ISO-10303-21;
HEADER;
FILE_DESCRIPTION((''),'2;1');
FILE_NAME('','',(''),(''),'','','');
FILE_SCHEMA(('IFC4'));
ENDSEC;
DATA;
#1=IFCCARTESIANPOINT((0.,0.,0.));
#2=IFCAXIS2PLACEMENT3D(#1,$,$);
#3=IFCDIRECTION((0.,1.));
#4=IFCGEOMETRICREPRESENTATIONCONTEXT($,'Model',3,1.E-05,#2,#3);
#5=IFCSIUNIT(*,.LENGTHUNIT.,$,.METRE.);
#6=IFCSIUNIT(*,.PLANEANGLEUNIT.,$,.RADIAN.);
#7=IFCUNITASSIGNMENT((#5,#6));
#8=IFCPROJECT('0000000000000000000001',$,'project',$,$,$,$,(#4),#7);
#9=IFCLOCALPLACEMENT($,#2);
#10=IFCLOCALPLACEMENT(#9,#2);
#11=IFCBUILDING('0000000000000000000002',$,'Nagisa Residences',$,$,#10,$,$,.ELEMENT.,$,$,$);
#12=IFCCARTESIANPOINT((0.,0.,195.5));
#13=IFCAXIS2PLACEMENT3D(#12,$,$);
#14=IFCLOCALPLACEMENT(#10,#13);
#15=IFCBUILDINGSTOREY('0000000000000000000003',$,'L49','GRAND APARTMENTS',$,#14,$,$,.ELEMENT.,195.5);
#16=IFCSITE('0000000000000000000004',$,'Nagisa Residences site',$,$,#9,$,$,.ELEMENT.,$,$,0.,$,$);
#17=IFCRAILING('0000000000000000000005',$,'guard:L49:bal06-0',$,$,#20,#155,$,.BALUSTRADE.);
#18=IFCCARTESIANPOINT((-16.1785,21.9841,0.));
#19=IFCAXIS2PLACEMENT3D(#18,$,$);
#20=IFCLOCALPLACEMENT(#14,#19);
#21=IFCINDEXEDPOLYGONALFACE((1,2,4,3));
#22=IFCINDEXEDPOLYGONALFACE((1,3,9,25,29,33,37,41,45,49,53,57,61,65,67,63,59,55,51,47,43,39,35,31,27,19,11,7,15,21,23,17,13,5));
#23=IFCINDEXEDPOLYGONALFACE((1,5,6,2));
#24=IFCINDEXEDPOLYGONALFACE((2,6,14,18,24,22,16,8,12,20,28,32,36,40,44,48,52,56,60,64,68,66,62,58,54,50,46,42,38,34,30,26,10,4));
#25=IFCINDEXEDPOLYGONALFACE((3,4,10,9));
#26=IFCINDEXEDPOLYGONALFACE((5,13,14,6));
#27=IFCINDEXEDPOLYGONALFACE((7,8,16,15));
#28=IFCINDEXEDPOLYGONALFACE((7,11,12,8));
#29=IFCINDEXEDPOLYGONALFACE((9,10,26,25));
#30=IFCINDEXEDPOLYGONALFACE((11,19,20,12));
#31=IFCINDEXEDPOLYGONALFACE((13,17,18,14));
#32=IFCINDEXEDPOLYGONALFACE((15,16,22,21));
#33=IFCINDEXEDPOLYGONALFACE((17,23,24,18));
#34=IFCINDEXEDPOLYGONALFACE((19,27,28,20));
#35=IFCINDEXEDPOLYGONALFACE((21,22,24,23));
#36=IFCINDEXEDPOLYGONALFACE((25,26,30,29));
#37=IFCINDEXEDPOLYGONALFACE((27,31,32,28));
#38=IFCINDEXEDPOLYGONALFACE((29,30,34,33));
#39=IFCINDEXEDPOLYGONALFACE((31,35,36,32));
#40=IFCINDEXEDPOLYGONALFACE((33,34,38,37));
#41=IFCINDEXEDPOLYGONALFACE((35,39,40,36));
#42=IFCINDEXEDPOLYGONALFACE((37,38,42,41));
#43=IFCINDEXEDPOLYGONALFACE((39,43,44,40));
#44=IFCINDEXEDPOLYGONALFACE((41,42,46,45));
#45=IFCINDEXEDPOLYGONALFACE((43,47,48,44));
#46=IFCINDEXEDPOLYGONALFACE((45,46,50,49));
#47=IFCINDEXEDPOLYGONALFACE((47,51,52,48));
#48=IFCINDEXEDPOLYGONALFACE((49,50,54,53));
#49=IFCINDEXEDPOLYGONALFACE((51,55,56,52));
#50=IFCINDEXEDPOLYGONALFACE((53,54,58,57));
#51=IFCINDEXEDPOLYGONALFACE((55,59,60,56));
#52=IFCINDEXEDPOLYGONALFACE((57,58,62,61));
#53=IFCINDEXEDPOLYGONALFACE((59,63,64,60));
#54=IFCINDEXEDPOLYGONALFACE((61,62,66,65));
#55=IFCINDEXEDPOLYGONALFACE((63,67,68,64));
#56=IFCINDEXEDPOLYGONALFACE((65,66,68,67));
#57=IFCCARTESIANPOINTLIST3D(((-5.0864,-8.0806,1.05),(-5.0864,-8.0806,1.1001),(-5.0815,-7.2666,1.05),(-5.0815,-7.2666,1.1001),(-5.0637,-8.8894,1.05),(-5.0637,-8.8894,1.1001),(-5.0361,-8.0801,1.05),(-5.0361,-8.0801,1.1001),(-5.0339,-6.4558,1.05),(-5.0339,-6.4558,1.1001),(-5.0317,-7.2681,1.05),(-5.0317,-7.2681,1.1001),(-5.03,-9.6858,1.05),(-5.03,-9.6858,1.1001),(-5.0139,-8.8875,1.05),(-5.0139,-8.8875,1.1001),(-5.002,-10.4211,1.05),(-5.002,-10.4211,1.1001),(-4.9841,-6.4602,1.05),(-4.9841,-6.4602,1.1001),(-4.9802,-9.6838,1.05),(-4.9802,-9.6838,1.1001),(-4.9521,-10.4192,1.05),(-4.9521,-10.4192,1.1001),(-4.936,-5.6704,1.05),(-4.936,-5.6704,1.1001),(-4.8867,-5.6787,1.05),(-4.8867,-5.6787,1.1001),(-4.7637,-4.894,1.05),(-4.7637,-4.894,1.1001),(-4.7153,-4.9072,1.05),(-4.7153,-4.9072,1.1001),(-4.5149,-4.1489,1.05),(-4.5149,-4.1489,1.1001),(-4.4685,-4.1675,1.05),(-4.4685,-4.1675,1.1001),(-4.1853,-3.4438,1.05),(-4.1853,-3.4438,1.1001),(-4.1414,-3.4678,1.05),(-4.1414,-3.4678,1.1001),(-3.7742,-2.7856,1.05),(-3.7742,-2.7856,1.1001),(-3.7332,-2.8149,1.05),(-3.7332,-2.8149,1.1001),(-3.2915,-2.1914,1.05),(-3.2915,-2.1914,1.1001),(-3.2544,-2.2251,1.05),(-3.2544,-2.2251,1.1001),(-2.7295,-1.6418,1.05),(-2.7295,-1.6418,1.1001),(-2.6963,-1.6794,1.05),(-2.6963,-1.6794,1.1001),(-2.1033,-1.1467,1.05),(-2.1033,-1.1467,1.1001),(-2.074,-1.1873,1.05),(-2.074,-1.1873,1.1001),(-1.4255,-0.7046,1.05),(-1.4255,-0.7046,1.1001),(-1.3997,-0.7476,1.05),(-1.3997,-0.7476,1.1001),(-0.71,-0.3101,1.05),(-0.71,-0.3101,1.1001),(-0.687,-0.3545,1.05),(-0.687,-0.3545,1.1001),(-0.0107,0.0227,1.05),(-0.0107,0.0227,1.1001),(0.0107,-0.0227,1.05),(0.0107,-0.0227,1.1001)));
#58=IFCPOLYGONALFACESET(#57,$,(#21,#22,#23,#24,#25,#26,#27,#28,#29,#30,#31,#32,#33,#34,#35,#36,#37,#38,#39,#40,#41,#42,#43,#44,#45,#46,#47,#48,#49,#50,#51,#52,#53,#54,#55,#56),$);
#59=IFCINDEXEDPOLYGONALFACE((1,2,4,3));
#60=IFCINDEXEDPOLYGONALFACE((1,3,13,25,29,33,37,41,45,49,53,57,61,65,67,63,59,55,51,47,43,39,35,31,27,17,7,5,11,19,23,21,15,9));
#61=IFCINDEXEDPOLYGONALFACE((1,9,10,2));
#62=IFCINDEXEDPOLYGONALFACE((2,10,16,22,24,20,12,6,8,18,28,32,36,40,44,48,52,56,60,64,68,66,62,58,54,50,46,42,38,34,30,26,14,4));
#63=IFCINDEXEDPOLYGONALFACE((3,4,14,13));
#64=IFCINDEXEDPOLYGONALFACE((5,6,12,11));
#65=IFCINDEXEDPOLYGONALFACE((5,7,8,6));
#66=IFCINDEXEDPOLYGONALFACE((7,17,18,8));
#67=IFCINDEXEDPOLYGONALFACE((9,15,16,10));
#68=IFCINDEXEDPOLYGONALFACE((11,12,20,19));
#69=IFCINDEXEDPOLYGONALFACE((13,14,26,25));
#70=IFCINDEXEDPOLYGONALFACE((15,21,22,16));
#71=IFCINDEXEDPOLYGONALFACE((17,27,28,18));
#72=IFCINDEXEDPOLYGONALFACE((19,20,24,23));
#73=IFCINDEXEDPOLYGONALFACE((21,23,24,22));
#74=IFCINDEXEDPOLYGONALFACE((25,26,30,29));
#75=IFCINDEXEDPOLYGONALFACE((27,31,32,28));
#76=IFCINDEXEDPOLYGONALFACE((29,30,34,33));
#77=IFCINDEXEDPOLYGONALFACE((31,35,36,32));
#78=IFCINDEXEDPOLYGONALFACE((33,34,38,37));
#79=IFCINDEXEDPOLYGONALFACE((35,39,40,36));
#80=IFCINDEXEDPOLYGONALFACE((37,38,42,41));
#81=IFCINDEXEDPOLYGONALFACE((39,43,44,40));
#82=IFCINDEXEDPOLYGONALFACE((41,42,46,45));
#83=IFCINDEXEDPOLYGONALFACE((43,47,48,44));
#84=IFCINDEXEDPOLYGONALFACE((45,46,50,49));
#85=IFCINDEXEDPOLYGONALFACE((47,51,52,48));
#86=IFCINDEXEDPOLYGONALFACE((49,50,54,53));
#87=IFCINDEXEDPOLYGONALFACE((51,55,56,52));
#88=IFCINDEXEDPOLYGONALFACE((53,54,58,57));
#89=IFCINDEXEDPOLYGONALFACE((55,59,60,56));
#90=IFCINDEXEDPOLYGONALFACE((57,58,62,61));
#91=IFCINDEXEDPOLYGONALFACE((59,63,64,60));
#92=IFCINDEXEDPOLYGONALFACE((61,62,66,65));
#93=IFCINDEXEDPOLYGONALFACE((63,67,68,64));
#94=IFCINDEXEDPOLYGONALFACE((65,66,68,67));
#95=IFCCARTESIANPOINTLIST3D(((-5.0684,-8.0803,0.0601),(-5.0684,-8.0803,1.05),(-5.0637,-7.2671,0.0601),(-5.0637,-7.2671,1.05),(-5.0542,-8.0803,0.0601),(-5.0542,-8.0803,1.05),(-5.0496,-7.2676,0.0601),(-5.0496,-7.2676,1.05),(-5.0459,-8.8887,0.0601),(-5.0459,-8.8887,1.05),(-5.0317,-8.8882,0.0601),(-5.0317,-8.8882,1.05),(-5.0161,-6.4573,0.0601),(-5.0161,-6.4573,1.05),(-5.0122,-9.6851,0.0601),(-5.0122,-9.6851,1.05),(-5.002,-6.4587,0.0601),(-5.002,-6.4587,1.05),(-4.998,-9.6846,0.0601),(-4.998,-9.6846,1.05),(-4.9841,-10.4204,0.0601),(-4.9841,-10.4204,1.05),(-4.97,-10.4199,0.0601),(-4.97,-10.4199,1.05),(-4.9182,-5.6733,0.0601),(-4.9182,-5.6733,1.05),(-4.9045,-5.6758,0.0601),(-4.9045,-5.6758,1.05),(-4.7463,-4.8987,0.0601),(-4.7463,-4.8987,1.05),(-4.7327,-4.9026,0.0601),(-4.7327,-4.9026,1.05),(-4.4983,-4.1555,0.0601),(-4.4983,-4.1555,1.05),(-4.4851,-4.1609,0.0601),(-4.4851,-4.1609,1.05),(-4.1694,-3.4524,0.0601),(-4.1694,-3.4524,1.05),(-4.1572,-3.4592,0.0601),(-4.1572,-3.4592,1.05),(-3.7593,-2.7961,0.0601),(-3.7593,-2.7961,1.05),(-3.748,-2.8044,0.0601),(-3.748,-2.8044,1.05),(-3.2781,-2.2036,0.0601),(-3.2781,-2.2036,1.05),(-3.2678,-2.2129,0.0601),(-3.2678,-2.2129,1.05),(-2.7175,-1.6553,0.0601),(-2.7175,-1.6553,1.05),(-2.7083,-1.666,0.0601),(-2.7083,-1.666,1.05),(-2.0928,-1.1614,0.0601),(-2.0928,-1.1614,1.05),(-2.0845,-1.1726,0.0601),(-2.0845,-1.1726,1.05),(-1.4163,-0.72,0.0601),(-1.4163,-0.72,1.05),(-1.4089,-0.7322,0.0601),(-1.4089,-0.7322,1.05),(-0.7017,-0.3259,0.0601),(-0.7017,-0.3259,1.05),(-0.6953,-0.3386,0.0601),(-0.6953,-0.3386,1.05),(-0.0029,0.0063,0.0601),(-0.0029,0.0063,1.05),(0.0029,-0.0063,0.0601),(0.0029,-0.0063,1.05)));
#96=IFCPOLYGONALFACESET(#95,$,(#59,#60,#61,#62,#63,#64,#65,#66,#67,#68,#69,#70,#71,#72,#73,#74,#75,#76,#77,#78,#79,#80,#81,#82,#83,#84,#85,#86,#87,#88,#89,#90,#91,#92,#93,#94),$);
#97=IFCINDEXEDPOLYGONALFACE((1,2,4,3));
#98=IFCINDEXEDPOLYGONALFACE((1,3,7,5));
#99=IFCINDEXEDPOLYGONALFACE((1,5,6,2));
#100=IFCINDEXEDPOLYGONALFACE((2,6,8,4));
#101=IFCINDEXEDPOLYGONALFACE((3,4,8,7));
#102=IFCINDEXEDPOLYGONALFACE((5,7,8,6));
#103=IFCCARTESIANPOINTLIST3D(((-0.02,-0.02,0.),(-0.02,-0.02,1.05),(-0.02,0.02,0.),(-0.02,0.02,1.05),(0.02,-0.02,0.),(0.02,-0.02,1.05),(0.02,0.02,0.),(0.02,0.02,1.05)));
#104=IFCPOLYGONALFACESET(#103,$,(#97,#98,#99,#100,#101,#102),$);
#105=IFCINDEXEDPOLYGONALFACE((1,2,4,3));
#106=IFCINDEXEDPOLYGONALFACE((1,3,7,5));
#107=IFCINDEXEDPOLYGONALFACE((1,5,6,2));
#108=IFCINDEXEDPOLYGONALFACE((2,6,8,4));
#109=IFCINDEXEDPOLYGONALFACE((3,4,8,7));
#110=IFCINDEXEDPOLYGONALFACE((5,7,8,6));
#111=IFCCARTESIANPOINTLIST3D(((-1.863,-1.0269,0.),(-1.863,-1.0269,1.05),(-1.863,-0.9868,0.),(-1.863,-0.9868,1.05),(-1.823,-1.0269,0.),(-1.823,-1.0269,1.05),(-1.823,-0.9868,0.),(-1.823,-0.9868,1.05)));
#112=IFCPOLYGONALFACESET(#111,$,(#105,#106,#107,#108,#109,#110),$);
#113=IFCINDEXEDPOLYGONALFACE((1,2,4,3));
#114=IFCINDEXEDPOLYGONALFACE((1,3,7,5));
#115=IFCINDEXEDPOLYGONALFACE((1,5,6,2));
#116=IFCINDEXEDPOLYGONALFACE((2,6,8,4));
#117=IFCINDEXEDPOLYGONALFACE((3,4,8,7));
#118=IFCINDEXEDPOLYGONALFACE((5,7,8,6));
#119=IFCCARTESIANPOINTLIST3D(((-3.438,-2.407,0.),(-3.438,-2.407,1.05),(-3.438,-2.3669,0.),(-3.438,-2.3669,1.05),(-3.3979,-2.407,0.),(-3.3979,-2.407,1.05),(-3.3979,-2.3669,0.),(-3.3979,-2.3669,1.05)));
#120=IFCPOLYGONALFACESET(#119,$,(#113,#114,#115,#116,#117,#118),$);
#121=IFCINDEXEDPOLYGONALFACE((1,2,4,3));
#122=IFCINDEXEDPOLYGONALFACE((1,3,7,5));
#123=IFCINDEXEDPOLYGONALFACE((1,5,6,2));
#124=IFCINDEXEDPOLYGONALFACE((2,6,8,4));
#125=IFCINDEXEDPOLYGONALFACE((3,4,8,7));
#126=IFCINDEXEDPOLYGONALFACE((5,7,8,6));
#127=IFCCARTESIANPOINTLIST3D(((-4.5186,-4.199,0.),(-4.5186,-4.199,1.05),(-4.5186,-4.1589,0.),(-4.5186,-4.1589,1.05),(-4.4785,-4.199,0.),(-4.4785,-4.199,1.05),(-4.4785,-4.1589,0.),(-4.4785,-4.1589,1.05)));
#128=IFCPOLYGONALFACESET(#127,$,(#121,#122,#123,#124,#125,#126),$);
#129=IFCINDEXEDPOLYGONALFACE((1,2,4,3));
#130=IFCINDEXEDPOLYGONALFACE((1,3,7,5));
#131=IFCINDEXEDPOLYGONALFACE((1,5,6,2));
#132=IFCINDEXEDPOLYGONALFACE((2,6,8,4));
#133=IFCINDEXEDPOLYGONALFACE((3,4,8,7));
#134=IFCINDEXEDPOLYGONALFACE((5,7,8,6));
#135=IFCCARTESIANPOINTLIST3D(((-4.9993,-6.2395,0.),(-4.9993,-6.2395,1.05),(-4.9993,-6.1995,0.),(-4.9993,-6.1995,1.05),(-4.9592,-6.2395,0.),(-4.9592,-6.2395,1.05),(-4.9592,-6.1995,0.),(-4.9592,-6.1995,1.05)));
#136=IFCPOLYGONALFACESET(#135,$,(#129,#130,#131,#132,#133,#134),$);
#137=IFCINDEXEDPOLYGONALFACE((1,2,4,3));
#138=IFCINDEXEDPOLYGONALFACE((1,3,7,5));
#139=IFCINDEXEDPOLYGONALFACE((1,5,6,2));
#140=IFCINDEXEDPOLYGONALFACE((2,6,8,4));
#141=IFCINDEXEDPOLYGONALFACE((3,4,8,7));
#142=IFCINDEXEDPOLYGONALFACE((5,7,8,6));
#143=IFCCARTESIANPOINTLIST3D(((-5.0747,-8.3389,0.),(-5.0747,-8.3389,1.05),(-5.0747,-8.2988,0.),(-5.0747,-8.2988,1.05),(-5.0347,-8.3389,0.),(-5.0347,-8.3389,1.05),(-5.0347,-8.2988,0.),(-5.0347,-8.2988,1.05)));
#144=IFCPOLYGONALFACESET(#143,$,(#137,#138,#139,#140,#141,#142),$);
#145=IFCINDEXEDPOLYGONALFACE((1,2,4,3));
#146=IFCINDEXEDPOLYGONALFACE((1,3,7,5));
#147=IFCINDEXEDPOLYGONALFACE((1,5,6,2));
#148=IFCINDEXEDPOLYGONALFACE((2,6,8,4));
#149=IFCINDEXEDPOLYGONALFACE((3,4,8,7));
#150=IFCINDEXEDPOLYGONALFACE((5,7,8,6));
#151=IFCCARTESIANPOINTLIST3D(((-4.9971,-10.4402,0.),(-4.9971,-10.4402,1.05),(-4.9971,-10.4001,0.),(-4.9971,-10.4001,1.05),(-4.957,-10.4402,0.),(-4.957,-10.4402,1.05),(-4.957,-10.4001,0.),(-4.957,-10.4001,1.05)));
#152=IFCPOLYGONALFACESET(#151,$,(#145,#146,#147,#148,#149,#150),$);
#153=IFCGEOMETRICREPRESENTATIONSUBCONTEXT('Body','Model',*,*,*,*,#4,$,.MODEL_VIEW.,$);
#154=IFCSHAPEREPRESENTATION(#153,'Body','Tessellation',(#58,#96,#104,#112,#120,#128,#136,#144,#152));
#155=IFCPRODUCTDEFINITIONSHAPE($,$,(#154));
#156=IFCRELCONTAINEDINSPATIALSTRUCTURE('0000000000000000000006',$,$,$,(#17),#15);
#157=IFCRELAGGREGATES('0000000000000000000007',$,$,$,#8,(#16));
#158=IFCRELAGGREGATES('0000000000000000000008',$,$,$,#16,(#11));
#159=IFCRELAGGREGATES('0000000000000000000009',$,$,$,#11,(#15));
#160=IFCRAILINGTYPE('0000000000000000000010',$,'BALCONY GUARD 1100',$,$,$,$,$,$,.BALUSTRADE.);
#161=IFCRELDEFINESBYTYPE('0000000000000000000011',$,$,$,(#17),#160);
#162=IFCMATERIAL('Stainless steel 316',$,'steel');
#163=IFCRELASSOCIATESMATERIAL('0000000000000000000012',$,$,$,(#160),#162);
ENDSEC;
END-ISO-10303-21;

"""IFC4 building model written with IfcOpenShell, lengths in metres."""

from ifc_helpers import new_model, si_unit, direction, frame, origin, origin_2d, place, context, subcontext, project, spatial, polyline, rectangle, outline, extrude, material, type_object, element, save


model = new_model("IFC4")

# Units and contexts
model_context = context("Model", 3, precision=1e-05, world=origin(), true_north=direction((0.0, 1.0)))
body_context = subcontext(model_context, "Body", "Model", "MODEL_VIEW")
ifc_project = project(units=[si_unit("LENGTHUNIT", "METRE"), si_unit("PLANEANGLEUNIT", "RADIAN")], contexts=[model_context])

# Site, building, storey
site_placement = place(None, origin())
site = spatial("IfcSite", under=ifc_project, at=site_placement, Name="Nagisa Residences site", CompositionType="ELEMENT", RefElevation=0.0)
building_placement = place(site_placement, origin())
building = spatial("IfcBuilding", under=site, at=building_placement, Name="Nagisa Residences", CompositionType="ELEMENT")
storey_placement = place(building_placement, frame((0.0, 0.0, 195.5)))
storey = spatial("IfcBuildingStorey", under=building, at=storey_placement, Name="L49", Description="GRAND APARTMENTS", CompositionType="ELEMENT", Elevation=195.5)

# Railing
ifc_material_1 = material(Name="Stainless steel 316", Category="steel")
railing_type = type_object("IfcRailingType", Name="BALCONY GUARD 1100", PredefinedType="BALUSTRADE", material=ifc_material_1)
railing_placement = place(storey_placement, frame((-16.1785, 21.9841, 0.0)))
element("IfcRailing", 1, at=railing_placement, inside=storey, type_object=railing_type, Name="guard:L49:bal06-0", PredefinedType="BALUSTRADE", context=body_context, shape_type="SweptSolid", body=[
    extrude(outline(polyline([(-0.687, -0.3545), (0.0107, -0.0227), (-0.0107, 0.0227), (-0.71, -0.3101), (-1.4255, -0.7046), (-2.1033, -1.1467), (-2.7295, -1.6418), (-3.2915, -2.1914), (-3.7742, -2.7856), (-4.1853, -3.4438), (-4.5149, -4.1489), (-4.7637, -4.894), (-4.936, -5.6704), (-5.0339, -6.4558), (-5.0815, -7.2666), (-5.0864, -8.0806), (-5.0637, -8.8894), (-5.03, -9.6858), (-5.002, -10.4211), (-4.9521, -10.4192), (-4.9802, -9.6838), (-5.0139, -8.8875), (-5.0361, -8.0801), (-5.0317, -7.2681), (-4.9841, -6.4602), (-4.8867, -5.6787), (-4.7153, -4.9072), (-4.4685, -4.1675), (-4.1414, -3.4678), (-3.7332, -2.8149), (-3.2544, -2.2251), (-2.6963, -1.6794), (-2.074, -1.1873), (-1.3997, -0.7476), (-0.687, -0.3545)])), frame((0.0, 0.0, 1.05)), (0.0, 0.0, 1.0), 0.05),
    extrude(outline(polyline([(-0.6953, -0.3386), (0.0029, -0.0063), (-0.0029, 0.0063), (-0.7017, -0.3259), (-1.4163, -0.72), (-2.0928, -1.1614), (-2.7175, -1.6553), (-3.2781, -2.2036), (-3.7593, -2.7961), (-4.1694, -3.4524), (-4.4983, -4.1555), (-4.7463, -4.8987), (-4.9182, -5.6733), (-5.0161, -6.4573), (-5.0637, -7.2671), (-5.0684, -8.0803), (-5.0459, -8.8887), (-5.0122, -9.6851), (-4.9841, -10.4204), (-4.97, -10.4199), (-4.998, -9.6846), (-5.0317, -8.8882), (-5.0542, -8.0803), (-5.0496, -7.2676), (-5.002, -6.4587), (-4.9045, -5.6758), (-4.7327, -4.9026), (-4.4851, -4.1609), (-4.1572, -3.4592), (-3.748, -2.8044), (-3.2678, -2.2129), (-2.7083, -1.666), (-2.0845, -1.1726), (-1.4089, -0.7322), (-0.6953, -0.3386)])), frame((0.0, 0.0, 0.0601)), (0.0, 0.0, 1.0), 0.99),
    extrude(rectangle(XDim=0.04, YDim=0.04, at=origin_2d()), origin(), (0.0, 0.0, 1.0), 1.05),
    extrude(rectangle(XDim=0.04, YDim=0.04, at=origin_2d()), frame((-1.843, -1.0068, 0.0)), (0.0, 0.0, 1.0), 1.05),
    extrude(rectangle(XDim=0.04, YDim=0.04, at=origin_2d()), frame((-3.418, -2.387, 0.0)), (0.0, 0.0, 1.0), 1.05),
    extrude(rectangle(XDim=0.04, YDim=0.04, at=origin_2d()), frame((-4.4985, -4.179, 0.0)), (0.0, 0.0, 1.0), 1.05),
    extrude(rectangle(XDim=0.04, YDim=0.04, at=origin_2d()), frame((-4.9792, -6.2195, 0.0)), (0.0, 0.0, 1.0), 1.05),
    extrude(rectangle(XDim=0.04, YDim=0.04, at=origin_2d()), frame((-5.0547, -8.3188, 0.0)), (0.0, 0.0, 1.0), 1.05),
    extrude(rectangle(XDim=0.04, YDim=0.04, at=origin_2d()), frame((-4.9771, -10.4202, 0.0)), (0.0, 0.0, 1.0), 1.05),
])

save(model, "model.ifc")
